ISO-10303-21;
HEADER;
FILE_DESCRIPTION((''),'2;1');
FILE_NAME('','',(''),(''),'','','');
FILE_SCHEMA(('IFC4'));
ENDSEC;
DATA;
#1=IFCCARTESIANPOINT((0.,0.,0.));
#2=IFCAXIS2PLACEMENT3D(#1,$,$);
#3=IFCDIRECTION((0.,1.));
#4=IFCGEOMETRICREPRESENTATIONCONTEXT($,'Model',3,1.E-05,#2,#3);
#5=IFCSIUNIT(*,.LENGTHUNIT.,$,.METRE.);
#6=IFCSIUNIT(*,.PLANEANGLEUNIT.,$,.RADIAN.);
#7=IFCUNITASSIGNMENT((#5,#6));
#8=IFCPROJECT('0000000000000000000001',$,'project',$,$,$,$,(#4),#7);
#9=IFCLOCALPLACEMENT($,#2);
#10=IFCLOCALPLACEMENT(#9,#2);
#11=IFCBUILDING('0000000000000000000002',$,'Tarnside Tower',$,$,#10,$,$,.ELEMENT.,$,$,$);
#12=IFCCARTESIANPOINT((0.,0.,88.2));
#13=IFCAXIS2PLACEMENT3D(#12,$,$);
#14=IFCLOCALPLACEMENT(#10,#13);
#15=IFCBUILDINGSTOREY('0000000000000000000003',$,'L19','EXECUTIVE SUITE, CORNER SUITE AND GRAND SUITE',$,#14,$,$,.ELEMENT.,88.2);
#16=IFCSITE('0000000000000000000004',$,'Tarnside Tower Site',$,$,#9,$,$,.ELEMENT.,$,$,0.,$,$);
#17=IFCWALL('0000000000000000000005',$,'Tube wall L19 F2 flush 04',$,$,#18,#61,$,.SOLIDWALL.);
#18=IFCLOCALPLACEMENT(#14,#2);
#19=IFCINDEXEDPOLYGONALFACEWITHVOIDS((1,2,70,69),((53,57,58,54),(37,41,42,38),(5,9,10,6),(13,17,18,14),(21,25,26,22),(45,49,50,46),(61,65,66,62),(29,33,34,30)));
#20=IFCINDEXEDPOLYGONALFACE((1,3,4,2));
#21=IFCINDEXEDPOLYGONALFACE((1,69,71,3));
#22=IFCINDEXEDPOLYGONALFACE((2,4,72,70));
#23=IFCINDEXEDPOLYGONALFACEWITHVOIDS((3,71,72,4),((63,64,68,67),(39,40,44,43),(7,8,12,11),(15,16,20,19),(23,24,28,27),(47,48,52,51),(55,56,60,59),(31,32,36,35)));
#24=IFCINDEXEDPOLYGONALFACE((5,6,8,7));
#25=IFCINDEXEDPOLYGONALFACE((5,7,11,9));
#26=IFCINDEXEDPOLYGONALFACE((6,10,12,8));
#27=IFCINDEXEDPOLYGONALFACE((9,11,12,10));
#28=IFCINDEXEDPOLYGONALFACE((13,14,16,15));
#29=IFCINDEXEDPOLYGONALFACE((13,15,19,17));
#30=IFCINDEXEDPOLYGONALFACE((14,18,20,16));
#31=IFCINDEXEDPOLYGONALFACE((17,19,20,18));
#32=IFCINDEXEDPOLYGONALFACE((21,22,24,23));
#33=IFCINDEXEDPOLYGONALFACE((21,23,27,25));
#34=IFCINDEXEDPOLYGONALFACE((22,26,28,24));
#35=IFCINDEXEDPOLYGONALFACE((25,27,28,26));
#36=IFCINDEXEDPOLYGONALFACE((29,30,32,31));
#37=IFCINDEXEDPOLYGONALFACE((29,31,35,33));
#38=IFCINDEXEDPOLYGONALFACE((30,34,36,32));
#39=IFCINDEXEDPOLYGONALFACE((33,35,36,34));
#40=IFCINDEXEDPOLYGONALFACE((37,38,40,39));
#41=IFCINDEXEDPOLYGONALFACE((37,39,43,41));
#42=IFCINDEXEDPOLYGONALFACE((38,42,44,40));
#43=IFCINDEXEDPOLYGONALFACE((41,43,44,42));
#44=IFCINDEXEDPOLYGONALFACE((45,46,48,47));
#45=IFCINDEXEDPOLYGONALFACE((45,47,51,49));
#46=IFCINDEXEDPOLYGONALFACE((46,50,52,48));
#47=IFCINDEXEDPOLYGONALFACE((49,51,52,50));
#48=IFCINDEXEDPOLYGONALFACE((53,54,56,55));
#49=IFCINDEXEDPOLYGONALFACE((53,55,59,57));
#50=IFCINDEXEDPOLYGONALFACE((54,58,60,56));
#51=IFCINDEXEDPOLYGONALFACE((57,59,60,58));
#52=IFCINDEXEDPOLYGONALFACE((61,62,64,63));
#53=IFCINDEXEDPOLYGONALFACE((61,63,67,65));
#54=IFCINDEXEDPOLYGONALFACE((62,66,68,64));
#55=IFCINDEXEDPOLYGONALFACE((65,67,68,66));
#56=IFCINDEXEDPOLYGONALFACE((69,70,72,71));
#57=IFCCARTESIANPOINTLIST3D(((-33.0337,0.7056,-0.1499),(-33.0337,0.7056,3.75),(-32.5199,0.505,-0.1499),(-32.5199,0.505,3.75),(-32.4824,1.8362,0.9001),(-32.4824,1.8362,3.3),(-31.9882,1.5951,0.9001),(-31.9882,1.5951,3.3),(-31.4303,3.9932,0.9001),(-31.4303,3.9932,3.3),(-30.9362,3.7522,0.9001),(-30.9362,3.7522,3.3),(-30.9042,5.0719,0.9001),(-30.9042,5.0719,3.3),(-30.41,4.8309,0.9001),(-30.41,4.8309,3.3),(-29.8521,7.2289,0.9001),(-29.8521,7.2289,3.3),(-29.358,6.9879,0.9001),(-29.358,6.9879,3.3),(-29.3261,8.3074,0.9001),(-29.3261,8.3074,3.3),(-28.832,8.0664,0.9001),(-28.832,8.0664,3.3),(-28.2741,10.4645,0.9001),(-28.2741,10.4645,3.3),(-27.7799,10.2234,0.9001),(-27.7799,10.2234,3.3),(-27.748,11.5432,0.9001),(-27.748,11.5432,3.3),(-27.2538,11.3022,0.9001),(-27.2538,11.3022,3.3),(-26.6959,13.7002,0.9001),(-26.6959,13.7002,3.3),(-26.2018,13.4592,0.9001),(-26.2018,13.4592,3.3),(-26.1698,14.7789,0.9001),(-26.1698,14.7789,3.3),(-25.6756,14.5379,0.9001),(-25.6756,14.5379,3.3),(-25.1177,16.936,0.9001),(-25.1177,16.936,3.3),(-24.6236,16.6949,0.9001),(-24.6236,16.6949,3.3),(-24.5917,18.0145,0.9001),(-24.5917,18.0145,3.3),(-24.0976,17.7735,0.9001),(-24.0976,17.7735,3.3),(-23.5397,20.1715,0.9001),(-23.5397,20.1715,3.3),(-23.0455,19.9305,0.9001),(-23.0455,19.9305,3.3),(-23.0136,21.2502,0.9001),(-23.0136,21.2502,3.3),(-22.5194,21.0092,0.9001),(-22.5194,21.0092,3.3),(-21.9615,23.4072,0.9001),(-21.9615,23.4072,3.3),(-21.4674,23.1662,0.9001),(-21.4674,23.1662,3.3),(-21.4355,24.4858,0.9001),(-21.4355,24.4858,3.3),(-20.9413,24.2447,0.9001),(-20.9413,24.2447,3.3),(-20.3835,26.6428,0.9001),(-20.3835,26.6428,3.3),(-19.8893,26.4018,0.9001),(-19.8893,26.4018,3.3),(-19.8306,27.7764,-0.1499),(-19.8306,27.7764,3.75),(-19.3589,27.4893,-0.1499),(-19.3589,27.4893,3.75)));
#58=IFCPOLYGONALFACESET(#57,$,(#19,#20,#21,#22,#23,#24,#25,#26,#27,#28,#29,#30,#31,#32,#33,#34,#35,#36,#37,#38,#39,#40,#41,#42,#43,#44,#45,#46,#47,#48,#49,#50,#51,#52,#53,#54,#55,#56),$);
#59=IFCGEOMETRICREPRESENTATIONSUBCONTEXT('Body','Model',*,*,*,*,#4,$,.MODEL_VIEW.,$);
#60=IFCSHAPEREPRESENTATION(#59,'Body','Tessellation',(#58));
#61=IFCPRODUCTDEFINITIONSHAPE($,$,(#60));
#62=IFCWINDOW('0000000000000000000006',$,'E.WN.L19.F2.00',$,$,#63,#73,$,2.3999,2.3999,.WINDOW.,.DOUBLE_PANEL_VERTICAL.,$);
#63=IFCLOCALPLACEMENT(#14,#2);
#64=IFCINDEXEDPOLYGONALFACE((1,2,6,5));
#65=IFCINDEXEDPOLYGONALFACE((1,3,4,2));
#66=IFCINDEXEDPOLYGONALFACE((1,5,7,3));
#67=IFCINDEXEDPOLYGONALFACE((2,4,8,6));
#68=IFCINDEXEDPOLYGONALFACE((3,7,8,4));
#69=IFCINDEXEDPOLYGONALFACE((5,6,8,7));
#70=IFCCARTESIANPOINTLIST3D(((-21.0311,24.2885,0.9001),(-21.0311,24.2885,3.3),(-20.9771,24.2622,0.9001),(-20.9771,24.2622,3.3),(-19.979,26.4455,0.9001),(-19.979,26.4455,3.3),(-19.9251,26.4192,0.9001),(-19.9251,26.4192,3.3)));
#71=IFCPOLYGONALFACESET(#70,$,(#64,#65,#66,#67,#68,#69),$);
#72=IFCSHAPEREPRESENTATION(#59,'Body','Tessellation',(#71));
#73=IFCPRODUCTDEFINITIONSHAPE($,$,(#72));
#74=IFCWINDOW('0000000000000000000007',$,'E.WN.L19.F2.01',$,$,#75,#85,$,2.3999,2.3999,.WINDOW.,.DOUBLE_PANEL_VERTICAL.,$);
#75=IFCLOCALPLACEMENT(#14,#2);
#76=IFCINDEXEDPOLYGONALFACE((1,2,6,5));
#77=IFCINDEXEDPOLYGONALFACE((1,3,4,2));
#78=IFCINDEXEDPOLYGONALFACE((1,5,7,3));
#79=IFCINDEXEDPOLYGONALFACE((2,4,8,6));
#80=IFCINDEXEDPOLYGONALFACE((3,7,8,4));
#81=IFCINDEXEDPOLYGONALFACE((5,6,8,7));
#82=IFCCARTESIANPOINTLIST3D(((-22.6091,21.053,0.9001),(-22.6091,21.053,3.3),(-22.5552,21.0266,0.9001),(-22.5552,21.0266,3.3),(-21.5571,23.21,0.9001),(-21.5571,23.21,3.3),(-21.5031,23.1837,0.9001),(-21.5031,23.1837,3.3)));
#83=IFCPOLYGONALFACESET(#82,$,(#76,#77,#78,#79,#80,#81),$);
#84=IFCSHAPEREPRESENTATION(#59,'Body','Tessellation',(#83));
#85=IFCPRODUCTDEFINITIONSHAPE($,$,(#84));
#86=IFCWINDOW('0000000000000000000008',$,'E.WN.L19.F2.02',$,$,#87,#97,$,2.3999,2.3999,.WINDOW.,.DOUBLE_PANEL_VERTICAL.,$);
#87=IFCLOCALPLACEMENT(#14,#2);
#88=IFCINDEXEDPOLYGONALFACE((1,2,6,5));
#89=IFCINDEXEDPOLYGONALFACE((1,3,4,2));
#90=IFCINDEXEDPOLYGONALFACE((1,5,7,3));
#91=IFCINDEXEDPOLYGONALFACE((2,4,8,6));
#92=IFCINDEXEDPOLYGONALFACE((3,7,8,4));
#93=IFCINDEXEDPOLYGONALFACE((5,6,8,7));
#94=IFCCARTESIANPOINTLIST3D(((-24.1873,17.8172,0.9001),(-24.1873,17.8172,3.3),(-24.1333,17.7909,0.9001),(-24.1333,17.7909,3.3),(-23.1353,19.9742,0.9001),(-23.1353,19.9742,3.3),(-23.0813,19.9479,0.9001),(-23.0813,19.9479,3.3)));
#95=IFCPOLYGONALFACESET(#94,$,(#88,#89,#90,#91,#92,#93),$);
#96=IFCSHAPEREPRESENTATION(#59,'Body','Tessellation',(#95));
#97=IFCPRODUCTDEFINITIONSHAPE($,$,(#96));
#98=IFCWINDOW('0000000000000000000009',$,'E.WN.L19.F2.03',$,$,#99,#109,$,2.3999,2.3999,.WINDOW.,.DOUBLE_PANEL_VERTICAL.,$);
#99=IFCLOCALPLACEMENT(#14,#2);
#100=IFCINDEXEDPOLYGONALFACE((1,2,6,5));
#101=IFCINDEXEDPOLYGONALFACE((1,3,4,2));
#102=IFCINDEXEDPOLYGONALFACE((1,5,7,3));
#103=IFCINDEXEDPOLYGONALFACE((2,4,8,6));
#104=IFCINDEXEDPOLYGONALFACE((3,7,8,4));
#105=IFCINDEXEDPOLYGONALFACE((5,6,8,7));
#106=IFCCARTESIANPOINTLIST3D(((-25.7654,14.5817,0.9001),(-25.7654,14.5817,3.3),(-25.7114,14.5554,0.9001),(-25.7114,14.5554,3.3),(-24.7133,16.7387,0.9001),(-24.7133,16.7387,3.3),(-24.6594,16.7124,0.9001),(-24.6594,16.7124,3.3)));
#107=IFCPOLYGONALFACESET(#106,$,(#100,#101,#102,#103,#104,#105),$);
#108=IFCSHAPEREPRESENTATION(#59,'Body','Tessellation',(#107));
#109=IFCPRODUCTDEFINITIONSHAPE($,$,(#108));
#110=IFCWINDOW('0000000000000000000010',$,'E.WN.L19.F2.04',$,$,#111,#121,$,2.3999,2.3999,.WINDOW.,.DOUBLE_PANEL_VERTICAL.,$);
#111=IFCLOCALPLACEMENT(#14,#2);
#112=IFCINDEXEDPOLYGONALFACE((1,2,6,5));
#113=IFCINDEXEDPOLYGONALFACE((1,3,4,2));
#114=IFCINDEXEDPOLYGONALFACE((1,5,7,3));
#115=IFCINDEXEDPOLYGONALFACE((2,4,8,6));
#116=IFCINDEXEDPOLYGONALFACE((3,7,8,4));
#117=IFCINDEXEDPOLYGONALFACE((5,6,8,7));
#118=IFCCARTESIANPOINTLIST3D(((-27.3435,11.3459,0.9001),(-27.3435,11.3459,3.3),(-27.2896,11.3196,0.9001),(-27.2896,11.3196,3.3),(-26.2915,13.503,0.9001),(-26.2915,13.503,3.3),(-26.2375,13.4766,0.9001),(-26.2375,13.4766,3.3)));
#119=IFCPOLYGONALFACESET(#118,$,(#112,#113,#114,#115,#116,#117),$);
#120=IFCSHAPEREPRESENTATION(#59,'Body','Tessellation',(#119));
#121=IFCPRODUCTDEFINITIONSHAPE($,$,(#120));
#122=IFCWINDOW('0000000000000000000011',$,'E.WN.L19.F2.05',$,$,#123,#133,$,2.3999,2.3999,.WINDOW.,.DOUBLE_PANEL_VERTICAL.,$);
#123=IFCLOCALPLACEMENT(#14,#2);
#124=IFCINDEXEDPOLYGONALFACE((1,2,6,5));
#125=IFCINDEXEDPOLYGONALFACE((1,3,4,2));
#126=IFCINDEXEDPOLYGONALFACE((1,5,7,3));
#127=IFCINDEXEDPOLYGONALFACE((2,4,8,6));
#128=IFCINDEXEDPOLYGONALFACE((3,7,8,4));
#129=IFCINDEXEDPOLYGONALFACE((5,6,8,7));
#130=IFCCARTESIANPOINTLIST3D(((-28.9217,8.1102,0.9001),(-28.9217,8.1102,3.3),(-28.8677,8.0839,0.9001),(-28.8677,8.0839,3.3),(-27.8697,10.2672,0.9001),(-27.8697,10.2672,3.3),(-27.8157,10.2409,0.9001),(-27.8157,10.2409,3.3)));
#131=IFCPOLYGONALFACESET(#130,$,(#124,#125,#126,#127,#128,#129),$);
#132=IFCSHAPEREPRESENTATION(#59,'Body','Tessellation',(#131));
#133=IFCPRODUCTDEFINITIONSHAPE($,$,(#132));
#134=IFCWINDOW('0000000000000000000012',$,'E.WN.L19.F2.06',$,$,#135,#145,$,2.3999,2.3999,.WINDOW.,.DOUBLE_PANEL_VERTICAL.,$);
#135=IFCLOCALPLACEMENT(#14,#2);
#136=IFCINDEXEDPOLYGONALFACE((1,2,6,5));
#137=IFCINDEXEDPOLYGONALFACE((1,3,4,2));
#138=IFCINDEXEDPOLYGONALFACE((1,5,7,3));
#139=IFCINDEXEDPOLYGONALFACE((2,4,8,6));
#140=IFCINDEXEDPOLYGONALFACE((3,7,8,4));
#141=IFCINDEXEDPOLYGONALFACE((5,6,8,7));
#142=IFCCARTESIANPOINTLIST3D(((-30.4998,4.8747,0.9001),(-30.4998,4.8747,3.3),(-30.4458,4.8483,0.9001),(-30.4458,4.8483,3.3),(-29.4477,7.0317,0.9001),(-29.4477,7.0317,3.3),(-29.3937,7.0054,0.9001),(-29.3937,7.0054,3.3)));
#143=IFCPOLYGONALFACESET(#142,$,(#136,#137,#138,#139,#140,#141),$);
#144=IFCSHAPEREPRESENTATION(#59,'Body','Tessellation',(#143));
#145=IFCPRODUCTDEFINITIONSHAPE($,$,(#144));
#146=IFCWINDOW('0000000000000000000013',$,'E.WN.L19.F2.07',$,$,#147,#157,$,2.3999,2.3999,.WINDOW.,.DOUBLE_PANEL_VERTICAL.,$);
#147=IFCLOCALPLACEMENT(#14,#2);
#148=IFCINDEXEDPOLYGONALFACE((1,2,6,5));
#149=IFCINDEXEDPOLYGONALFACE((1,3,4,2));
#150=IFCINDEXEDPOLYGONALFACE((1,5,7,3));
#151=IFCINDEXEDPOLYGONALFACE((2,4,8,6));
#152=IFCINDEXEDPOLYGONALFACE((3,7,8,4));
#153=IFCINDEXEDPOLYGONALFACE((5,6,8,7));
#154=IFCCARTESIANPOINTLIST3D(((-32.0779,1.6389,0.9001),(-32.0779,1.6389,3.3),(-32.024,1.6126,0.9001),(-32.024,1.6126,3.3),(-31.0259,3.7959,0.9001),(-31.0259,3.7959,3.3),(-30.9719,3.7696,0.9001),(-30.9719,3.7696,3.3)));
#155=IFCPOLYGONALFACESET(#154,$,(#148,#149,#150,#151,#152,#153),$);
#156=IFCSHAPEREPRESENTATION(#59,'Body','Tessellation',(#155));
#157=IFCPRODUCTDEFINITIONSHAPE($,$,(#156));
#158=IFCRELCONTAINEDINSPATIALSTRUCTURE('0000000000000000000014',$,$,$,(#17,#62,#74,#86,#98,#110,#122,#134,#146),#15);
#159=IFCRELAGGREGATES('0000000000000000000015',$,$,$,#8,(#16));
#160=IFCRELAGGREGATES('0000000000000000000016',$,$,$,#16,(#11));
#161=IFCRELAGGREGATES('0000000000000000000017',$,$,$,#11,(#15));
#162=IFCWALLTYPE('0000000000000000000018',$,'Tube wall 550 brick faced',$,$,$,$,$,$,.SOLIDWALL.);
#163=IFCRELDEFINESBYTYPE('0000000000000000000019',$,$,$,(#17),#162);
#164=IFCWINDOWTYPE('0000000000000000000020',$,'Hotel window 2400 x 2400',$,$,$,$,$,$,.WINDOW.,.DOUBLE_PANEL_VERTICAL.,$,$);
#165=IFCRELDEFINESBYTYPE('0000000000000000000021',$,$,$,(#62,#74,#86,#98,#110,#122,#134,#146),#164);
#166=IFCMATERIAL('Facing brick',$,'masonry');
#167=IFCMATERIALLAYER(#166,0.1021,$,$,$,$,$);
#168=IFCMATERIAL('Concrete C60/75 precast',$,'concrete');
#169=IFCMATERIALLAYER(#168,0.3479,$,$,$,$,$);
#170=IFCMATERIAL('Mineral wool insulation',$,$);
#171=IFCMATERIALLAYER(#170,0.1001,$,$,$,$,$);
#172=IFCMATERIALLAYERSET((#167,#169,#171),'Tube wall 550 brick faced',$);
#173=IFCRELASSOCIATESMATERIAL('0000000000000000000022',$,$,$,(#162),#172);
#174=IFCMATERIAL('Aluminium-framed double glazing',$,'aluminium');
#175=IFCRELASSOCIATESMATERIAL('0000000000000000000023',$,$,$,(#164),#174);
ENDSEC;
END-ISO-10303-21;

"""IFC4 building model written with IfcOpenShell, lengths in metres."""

from ifc_helpers import new_model, si_unit, direction, frame, frame_2d, origin, place, context, subcontext, project, spatial, polyline, rectangle, outline, extrude, material, layer, layer_set, type_object, element, fill, save


model = new_model("IFC4")

# Units and contexts
model_context = context("Model", 3, precision=1e-05, world=origin(), true_north=direction((0.0, 1.0)))
body_context = subcontext(model_context, "Body", "Model", "MODEL_VIEW")
ifc_project = project(units=[si_unit("LENGTHUNIT", "METRE"), si_unit("PLANEANGLEUNIT", "RADIAN")], contexts=[model_context])

# Site, building, storey
site_placement = place(None, origin())
site = spatial("IfcSite", under=ifc_project, at=site_placement, Name="Tarnside Tower Site", CompositionType="ELEMENT", RefElevation=0.0)
building_placement = place(site_placement, origin())
building = spatial("IfcBuilding", under=site, at=building_placement, Name="Tarnside Tower", CompositionType="ELEMENT")
storey_placement = place(building_placement, frame((0.0, 0.0, 88.2)))
storey = spatial("IfcBuildingStorey", under=building, at=storey_placement, Name="L19", Description="EXECUTIVE SUITE, CORNER SUITE AND GRAND SUITE", CompositionType="ELEMENT", Elevation=88.2)

# Shared definitions
ifc_material_1 = material(Name="Facing brick", Category="masonry")
ifc_layer_1 = layer(ifc_material_1, 0.1021)
ifc_material_2 = material(Name="Concrete C60/75 precast", Category="concrete")
ifc_layer_2 = layer(ifc_material_2, 0.3479)
ifc_material_3 = material(Name="Mineral wool insulation")
ifc_layer_3 = layer(ifc_material_3, 0.1001)
ifc_layer_set_1 = layer_set([ifc_layer_1, ifc_layer_2, ifc_layer_3], Name="Tube wall 550 brick faced")
wall_type_1 = type_object("IfcWallType", Name="Tube wall 550 brick faced", PredefinedType="SOLIDWALL", material=ifc_layer_set_1)

# Wall, openings, windows
wall_1_placement = place(storey_placement, frame((-19.5947, 27.6328, -0.1499), z_axis=(0.0, 0.0, 1.0), x_axis=(-0.438368, -0.898795, 0.0)))
wall_1 = element("IfcWall", 1, at=wall_1_placement, inside=storey, type_object=wall_type_1, Name="Tube wall L19 F2 flush 04", PredefinedType="SOLIDWALL", context=body_context, shape_type="SweptSolid", body=[
    extrude(outline(polyline([(-0.0256, -0.2749), (30.0933, -0.2749), (30.0483, 0.2749), (0.0256, 0.2749), (-0.0256, -0.2749)])), origin(), (0.0, 0.0, 1.0), 3.8999),
])
opening_1_placement = place(wall_1_placement, frame((1.2356, 0.0, 1.05)))
opening_1 = element("IfcOpeningElement", 2, at=opening_1_placement, cuts=wall_1, PredefinedType="OPENING", context=body_context, shape_type="SweptSolid", body=[
    extrude(rectangle(XDim=2.3999, YDim=2.3999, at=frame_2d((1.2, 1.2))), frame((0.0, 0.2852, 0.0), z_axis=(0.0, -1.0, 0.0), x_axis=(1.0, 0.0, 0.0)), (0.0, 0.0, 1.0), 0.5701),
])
opening_2_placement = place(wall_1_placement, frame((4.8354, 0.0, 1.05)))
opening_2 = element("IfcOpeningElement", 3, at=opening_2_placement, cuts=wall_1, PredefinedType="OPENING", context=body_context, shape_type="SweptSolid", body=[
    extrude(rectangle(XDim=2.3999, YDim=2.3999, at=frame_2d((1.2, 1.2))), frame((0.0, 0.2852, 0.0), z_axis=(0.0, -1.0, 0.0), x_axis=(1.0, 0.0, 0.0)), (0.0, 0.0, 1.0), 0.5701),
])
opening_3_placement = place(wall_1_placement, frame((8.4355, 0.0, 1.05)))
opening_3 = element("IfcOpeningElement", 4, at=opening_3_placement, cuts=wall_1, PredefinedType="OPENING", context=body_context, shape_type="SweptSolid", body=[
    extrude(rectangle(XDim=2.3999, YDim=2.3999, at=frame_2d((1.2, 1.2))), frame((0.0, 0.2852, 0.0), z_axis=(0.0, -1.0, 0.0), x_axis=(1.0, 0.0, 0.0)), (0.0, 0.0, 1.0), 0.5701),
])
opening_4_placement = place(wall_1_placement, frame((12.0354, 0.0, 1.05)))
opening_4 = element("IfcOpeningElement", 5, at=opening_4_placement, cuts=wall_1, PredefinedType="OPENING", context=body_context, shape_type="SweptSolid", body=[
    extrude(rectangle(XDim=2.3999, YDim=2.3999, at=frame_2d((1.2, 1.2))), frame((0.0, 0.2852, 0.0), z_axis=(0.0, -1.0, 0.0), x_axis=(1.0, 0.0, 0.0)), (0.0, 0.0, 1.0), 0.5701),
])
opening_5_placement = place(wall_1_placement, frame((15.6355, 0.0, 1.05)))
opening_5 = element("IfcOpeningElement", 6, at=opening_5_placement, cuts=wall_1, PredefinedType="OPENING", context=body_context, shape_type="SweptSolid", body=[
    extrude(rectangle(XDim=2.3999, YDim=2.3999, at=frame_2d((1.2, 1.2))), frame((0.0, 0.2852, 0.0), z_axis=(0.0, -1.0, 0.0), x_axis=(1.0, 0.0, 0.0)), (0.0, 0.0, 1.0), 0.5701),
])
opening_6_placement = place(wall_1_placement, frame((19.2356, 0.0, 1.05)))
opening_6 = element("IfcOpeningElement", 7, at=opening_6_placement, cuts=wall_1, PredefinedType="OPENING", context=body_context, shape_type="SweptSolid", body=[
    extrude(rectangle(XDim=2.3999, YDim=2.3999, at=frame_2d((1.2, 1.2))), frame((0.0, 0.2852, 0.0), z_axis=(0.0, -1.0, 0.0), x_axis=(1.0, 0.0, 0.0)), (0.0, 0.0, 1.0), 0.5701),
])
opening_7_placement = place(wall_1_placement, frame((22.8354, 0.0, 1.05)))
opening_7 = element("IfcOpeningElement", 8, at=opening_7_placement, cuts=wall_1, PredefinedType="OPENING", context=body_context, shape_type="SweptSolid", body=[
    extrude(rectangle(XDim=2.3999, YDim=2.3999, at=frame_2d((1.2, 1.2))), frame((0.0, 0.2852, 0.0), z_axis=(0.0, -1.0, 0.0), x_axis=(1.0, 0.0, 0.0)), (0.0, 0.0, 1.0), 0.5701),
])
opening_8_placement = place(wall_1_placement, frame((26.4355, 0.0, 1.05)))
opening_8 = element("IfcOpeningElement", 9, at=opening_8_placement, cuts=wall_1, PredefinedType="OPENING", context=body_context, shape_type="SweptSolid", body=[
    extrude(rectangle(XDim=2.3999, YDim=2.3999, at=frame_2d((1.2, 1.2))), frame((0.0, 0.2852, 0.0), z_axis=(0.0, -1.0, 0.0), x_axis=(1.0, 0.0, 0.0)), (0.0, 0.0, 1.0), 0.5701),
])
ifc_material_4 = material(Name="Aluminium-framed double glazing", Category="aluminium")
window_type = type_object("IfcWindowType", Name="Hotel window 2400 x 2400", PartitioningType="DOUBLE_PANEL_VERTICAL", PredefinedType="WINDOW", material=ifc_material_4)
window_1_placement = place(opening_1_placement, frame((0.0, 0.2051, 0.0)))
window_1 = element("IfcWindow", 10, at=window_1_placement, inside=storey, type_object=window_type, Name="E.WN.L19.F2.00", OverallHeight=2.3999, OverallWidth=2.3999, PartitioningType="DOUBLE_PANEL_VERTICAL", PredefinedType="WINDOW", context=body_context, shape_type="SweptSolid", body=[
    extrude(rectangle(XDim=2.3999, YDim=2.3999, at=frame_2d((1.2, 1.2))), frame((0.0, 0.03, 0.0), z_axis=(0.0, -1.0, 0.0), x_axis=(1.0, 0.0, 0.0)), (0.0, 0.0, 1.0), 0.0601),
])
fill(opening_1, window_1)
window_2_placement = place(opening_2_placement, frame((0.0, 0.2051, 0.0)))
window_2 = element("IfcWindow", 11, at=window_2_placement, inside=storey, type_object=window_type, Name="E.WN.L19.F2.01", OverallHeight=2.3999, OverallWidth=2.3999, PartitioningType="DOUBLE_PANEL_VERTICAL", PredefinedType="WINDOW", context=body_context, shape_type="SweptSolid", body=[
    extrude(rectangle(XDim=2.3999, YDim=2.3999, at=frame_2d((1.2, 1.2))), frame((0.0, 0.03, 0.0), z_axis=(0.0, -1.0, 0.0), x_axis=(1.0, 0.0, 0.0)), (0.0, 0.0, 1.0), 0.0601),
])
fill(opening_2, window_2)
window_3_placement = place(opening_3_placement, frame((0.0, 0.2051, 0.0)))
window_3 = element("IfcWindow", 12, at=window_3_placement, inside=storey, type_object=window_type, Name="E.WN.L19.F2.02", OverallHeight=2.3999, OverallWidth=2.3999, PartitioningType="DOUBLE_PANEL_VERTICAL", PredefinedType="WINDOW", context=body_context, shape_type="SweptSolid", body=[
    extrude(rectangle(XDim=2.3999, YDim=2.3999, at=frame_2d((1.2, 1.2))), frame((0.0, 0.03, 0.0), z_axis=(0.0, -1.0, 0.0), x_axis=(1.0, 0.0, 0.0)), (0.0, 0.0, 1.0), 0.0601),
])
fill(opening_3, window_3)
window_4_placement = place(opening_4_placement, frame((0.0, 0.2051, 0.0)))
window_4 = element("IfcWindow", 13, at=window_4_placement, inside=storey, type_object=window_type, Name="E.WN.L19.F2.03", OverallHeight=2.3999, OverallWidth=2.3999, PartitioningType="DOUBLE_PANEL_VERTICAL", PredefinedType="WINDOW", context=body_context, shape_type="SweptSolid", body=[
    extrude(rectangle(XDim=2.3999, YDim=2.3999, at=frame_2d((1.2, 1.2))), frame((0.0, 0.03, 0.0), z_axis=(0.0, -1.0, 0.0), x_axis=(1.0, 0.0, 0.0)), (0.0, 0.0, 1.0), 0.0601),
])
fill(opening_4, window_4)
window_5_placement = place(opening_5_placement, frame((0.0, 0.2051, 0.0)))
window_5 = element("IfcWindow", 14, at=window_5_placement, inside=storey, type_object=window_type, Name="E.WN.L19.F2.04", OverallHeight=2.3999, OverallWidth=2.3999, PartitioningType="DOUBLE_PANEL_VERTICAL", PredefinedType="WINDOW", context=body_context, shape_type="SweptSolid", body=[
    extrude(rectangle(XDim=2.3999, YDim=2.3999, at=frame_2d((1.2, 1.2))), frame((0.0, 0.03, 0.0), z_axis=(0.0, -1.0, 0.0), x_axis=(1.0, 0.0, 0.0)), (0.0, 0.0, 1.0), 0.0601),
])
fill(opening_5, window_5)
window_6_placement = place(opening_6_placement, frame((0.0, 0.2051, 0.0)))
window_6 = element("IfcWindow", 15, at=window_6_placement, inside=storey, type_object=window_type, Name="E.WN.L19.F2.05", OverallHeight=2.3999, OverallWidth=2.3999, PartitioningType="DOUBLE_PANEL_VERTICAL", PredefinedType="WINDOW", context=body_context, shape_type="SweptSolid", body=[
    extrude(rectangle(XDim=2.3999, YDim=2.3999, at=frame_2d((1.2, 1.2))), frame((0.0, 0.03, 0.0), z_axis=(0.0, -1.0, 0.0), x_axis=(1.0, 0.0, 0.0)), (0.0, 0.0, 1.0), 0.0601),
])
fill(opening_6, window_6)
window_7_placement = place(opening_7_placement, frame((0.0, 0.2051, 0.0)))
window_7 = element("IfcWindow", 16, at=window_7_placement, inside=storey, type_object=window_type, Name="E.WN.L19.F2.06", OverallHeight=2.3999, OverallWidth=2.3999, PartitioningType="DOUBLE_PANEL_VERTICAL", PredefinedType="WINDOW", context=body_context, shape_type="SweptSolid", body=[
    extrude(rectangle(XDim=2.3999, YDim=2.3999, at=frame_2d((1.2, 1.2))), frame((0.0, 0.03, 0.0), z_axis=(0.0, -1.0, 0.0), x_axis=(1.0, 0.0, 0.0)), (0.0, 0.0, 1.0), 0.0601),
])
fill(opening_7, window_7)
window_8_placement = place(opening_8_placement, frame((0.0, 0.2051, 0.0)))
window_8 = element("IfcWindow", 17, at=window_8_placement, inside=storey, type_object=window_type, Name="E.WN.L19.F2.07", OverallHeight=2.3999, OverallWidth=2.3999, PartitioningType="DOUBLE_PANEL_VERTICAL", PredefinedType="WINDOW", context=body_context, shape_type="SweptSolid", body=[
    extrude(rectangle(XDim=2.3999, YDim=2.3999, at=frame_2d((1.2, 1.2))), frame((0.0, 0.03, 0.0), z_axis=(0.0, -1.0, 0.0), x_axis=(1.0, 0.0, 0.0)), (0.0, 0.0, 1.0), 0.0601),
])
fill(opening_8, window_8)

save(model, "model.ifc")
